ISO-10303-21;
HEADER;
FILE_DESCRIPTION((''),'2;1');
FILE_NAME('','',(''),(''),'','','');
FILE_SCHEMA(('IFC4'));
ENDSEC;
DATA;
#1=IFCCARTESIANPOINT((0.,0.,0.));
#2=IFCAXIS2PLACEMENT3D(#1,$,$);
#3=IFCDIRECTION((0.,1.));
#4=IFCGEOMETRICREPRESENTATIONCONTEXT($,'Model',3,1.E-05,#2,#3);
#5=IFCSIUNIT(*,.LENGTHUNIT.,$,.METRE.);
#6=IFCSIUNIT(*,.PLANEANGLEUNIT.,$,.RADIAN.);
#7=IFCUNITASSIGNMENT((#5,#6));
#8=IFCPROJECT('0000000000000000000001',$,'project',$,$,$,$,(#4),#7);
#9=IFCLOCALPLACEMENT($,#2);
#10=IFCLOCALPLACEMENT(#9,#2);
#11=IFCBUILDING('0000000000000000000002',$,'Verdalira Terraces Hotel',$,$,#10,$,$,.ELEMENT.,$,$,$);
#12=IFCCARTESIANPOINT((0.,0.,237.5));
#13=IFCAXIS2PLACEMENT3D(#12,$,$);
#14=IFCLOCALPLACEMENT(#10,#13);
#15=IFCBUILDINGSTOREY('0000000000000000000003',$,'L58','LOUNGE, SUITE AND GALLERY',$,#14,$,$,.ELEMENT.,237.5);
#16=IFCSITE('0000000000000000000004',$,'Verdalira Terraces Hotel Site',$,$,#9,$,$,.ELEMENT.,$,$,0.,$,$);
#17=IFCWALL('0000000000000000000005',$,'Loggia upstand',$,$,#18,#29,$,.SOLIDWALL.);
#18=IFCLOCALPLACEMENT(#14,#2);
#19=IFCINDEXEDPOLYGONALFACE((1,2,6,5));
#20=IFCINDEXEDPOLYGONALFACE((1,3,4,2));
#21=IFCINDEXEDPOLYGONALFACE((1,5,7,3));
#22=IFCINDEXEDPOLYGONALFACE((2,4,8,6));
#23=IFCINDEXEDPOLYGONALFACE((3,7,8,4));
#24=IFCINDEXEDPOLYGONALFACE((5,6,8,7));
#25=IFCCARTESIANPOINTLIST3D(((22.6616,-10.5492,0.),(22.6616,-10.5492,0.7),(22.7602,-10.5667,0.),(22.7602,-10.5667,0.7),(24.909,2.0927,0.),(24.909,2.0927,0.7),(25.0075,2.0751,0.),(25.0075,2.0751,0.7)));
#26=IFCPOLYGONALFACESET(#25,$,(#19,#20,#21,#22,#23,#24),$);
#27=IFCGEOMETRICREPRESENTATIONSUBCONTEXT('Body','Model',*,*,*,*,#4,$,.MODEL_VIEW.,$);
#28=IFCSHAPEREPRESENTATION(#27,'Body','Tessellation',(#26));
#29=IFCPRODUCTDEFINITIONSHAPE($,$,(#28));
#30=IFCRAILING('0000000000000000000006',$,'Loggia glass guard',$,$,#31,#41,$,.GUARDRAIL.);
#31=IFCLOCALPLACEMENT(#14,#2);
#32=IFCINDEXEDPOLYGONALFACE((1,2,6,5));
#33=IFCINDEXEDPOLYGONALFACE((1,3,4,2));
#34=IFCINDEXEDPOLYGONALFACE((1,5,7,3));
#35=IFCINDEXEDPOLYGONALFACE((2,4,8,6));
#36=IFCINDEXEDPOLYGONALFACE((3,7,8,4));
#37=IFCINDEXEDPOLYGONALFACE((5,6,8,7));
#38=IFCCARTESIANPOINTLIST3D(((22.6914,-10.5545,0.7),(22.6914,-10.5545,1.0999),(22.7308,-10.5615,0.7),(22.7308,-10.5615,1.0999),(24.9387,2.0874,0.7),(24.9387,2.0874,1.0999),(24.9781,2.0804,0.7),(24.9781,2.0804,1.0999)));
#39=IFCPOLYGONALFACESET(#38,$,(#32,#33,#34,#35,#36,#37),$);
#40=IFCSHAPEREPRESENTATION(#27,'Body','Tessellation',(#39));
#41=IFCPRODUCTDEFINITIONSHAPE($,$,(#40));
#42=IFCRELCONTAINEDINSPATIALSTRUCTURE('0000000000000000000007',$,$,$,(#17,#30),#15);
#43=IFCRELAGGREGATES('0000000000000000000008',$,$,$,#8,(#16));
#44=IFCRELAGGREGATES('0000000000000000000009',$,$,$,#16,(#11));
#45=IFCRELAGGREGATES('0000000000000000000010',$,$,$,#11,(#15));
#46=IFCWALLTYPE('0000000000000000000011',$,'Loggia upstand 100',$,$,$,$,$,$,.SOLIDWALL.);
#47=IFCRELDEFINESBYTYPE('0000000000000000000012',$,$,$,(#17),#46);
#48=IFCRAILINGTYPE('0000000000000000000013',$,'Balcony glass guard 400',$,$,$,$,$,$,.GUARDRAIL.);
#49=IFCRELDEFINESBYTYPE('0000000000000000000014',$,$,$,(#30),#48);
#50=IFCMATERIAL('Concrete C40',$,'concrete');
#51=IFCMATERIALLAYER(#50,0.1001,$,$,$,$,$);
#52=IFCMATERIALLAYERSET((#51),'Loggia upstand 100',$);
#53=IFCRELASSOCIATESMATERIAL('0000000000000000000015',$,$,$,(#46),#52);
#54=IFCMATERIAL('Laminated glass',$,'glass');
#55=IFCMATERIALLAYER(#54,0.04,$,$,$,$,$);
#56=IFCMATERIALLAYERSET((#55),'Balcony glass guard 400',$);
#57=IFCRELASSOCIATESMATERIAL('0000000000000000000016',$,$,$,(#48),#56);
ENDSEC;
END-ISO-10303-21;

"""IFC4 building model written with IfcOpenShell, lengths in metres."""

from ifc_helpers import new_model, si_unit, direction, frame, frame_2d, origin, origin_2d, place, context, subcontext, project, spatial, rectangle, extrude, material, layer, layer_set, type_object, element, save


model = new_model("IFC4")

# Units and contexts
model_context = context("Model", 3, precision=1e-05, world=origin(), true_north=direction((0.0, 1.0)))
body_context = subcontext(model_context, "Body", "Model", "MODEL_VIEW")
ifc_project = project(units=[si_unit("LENGTHUNIT", "METRE"), si_unit("PLANEANGLEUNIT", "RADIAN")], contexts=[model_context])

# Site, building, storey
site_placement = place(None, origin())
site = spatial("IfcSite", under=ifc_project, at=site_placement, Name="Verdalira Terraces Hotel Site", CompositionType="ELEMENT", RefElevation=0.0)
building_placement = place(site_placement, origin())
building = spatial("IfcBuilding", under=site, at=building_placement, Name="Verdalira Terraces Hotel", CompositionType="ELEMENT")
storey_placement = place(building_placement, frame((0.0, 0.0, 237.5)))
storey = spatial("IfcBuildingStorey", under=building, at=storey_placement, Name="L58", Description="LOUNGE, SUITE AND GALLERY", CompositionType="ELEMENT", Elevation=237.5)

# Wall
ifc_material_1 = material(Name="Concrete C40", Category="concrete")
ifc_layer_1 = layer(ifc_material_1, 0.1001)
ifc_layer_set_1 = layer_set([ifc_layer_1], Name="Loggia upstand 100")
wall_type_1 = type_object("IfcWallType", Name="Loggia upstand 100", PredefinedType="SOLIDWALL", material=ifc_layer_set_1)
wall_1_placement = place(storey_placement, frame((22.7109, -10.5579, 0.0), z_axis=(0.0, 0.0, 1.0), x_axis=(0.175024, 0.984564, 0.0)))
element("IfcWall", 1, at=wall_1_placement, inside=storey, type_object=wall_type_1, Name="Loggia upstand", PredefinedType="SOLIDWALL", context=body_context, shape_type="SweptSolid", body=[
    extrude(rectangle(XDim=12.8401, YDim=0.1001, at=frame_2d((6.4199, 0.0))), origin(), (0.0, 0.0, 1.0), 0.7),
])

# Railing
ifc_material_2 = material(Name="Laminated glass", Category="glass")
ifc_layer_2 = layer(ifc_material_2, 0.04)
ifc_layer_set_2 = layer_set([ifc_layer_2], Name="Balcony glass guard 400")
railing_type_1 = type_object("IfcRailingType", Name="Balcony glass guard 400", PredefinedType="GUARDRAIL", material=ifc_layer_set_2)
railing_1_placement = place(storey_placement, frame((23.8347, -4.2371, 0.7), z_axis=(0.0, 0.0, 1.0), x_axis=(0.175023, 0.984564, 0.0)))
element("IfcRailing", 2, at=railing_1_placement, inside=storey, type_object=railing_type_1, Name="Loggia glass guard", PredefinedType="GUARDRAIL", context=body_context, shape_type="SweptSolid", body=[
    extrude(rectangle(XDim=12.8401, YDim=0.04, at=origin_2d()), origin(), (0.0, 0.0, 1.0), 0.3999),
])

save(model, "model.ifc")
